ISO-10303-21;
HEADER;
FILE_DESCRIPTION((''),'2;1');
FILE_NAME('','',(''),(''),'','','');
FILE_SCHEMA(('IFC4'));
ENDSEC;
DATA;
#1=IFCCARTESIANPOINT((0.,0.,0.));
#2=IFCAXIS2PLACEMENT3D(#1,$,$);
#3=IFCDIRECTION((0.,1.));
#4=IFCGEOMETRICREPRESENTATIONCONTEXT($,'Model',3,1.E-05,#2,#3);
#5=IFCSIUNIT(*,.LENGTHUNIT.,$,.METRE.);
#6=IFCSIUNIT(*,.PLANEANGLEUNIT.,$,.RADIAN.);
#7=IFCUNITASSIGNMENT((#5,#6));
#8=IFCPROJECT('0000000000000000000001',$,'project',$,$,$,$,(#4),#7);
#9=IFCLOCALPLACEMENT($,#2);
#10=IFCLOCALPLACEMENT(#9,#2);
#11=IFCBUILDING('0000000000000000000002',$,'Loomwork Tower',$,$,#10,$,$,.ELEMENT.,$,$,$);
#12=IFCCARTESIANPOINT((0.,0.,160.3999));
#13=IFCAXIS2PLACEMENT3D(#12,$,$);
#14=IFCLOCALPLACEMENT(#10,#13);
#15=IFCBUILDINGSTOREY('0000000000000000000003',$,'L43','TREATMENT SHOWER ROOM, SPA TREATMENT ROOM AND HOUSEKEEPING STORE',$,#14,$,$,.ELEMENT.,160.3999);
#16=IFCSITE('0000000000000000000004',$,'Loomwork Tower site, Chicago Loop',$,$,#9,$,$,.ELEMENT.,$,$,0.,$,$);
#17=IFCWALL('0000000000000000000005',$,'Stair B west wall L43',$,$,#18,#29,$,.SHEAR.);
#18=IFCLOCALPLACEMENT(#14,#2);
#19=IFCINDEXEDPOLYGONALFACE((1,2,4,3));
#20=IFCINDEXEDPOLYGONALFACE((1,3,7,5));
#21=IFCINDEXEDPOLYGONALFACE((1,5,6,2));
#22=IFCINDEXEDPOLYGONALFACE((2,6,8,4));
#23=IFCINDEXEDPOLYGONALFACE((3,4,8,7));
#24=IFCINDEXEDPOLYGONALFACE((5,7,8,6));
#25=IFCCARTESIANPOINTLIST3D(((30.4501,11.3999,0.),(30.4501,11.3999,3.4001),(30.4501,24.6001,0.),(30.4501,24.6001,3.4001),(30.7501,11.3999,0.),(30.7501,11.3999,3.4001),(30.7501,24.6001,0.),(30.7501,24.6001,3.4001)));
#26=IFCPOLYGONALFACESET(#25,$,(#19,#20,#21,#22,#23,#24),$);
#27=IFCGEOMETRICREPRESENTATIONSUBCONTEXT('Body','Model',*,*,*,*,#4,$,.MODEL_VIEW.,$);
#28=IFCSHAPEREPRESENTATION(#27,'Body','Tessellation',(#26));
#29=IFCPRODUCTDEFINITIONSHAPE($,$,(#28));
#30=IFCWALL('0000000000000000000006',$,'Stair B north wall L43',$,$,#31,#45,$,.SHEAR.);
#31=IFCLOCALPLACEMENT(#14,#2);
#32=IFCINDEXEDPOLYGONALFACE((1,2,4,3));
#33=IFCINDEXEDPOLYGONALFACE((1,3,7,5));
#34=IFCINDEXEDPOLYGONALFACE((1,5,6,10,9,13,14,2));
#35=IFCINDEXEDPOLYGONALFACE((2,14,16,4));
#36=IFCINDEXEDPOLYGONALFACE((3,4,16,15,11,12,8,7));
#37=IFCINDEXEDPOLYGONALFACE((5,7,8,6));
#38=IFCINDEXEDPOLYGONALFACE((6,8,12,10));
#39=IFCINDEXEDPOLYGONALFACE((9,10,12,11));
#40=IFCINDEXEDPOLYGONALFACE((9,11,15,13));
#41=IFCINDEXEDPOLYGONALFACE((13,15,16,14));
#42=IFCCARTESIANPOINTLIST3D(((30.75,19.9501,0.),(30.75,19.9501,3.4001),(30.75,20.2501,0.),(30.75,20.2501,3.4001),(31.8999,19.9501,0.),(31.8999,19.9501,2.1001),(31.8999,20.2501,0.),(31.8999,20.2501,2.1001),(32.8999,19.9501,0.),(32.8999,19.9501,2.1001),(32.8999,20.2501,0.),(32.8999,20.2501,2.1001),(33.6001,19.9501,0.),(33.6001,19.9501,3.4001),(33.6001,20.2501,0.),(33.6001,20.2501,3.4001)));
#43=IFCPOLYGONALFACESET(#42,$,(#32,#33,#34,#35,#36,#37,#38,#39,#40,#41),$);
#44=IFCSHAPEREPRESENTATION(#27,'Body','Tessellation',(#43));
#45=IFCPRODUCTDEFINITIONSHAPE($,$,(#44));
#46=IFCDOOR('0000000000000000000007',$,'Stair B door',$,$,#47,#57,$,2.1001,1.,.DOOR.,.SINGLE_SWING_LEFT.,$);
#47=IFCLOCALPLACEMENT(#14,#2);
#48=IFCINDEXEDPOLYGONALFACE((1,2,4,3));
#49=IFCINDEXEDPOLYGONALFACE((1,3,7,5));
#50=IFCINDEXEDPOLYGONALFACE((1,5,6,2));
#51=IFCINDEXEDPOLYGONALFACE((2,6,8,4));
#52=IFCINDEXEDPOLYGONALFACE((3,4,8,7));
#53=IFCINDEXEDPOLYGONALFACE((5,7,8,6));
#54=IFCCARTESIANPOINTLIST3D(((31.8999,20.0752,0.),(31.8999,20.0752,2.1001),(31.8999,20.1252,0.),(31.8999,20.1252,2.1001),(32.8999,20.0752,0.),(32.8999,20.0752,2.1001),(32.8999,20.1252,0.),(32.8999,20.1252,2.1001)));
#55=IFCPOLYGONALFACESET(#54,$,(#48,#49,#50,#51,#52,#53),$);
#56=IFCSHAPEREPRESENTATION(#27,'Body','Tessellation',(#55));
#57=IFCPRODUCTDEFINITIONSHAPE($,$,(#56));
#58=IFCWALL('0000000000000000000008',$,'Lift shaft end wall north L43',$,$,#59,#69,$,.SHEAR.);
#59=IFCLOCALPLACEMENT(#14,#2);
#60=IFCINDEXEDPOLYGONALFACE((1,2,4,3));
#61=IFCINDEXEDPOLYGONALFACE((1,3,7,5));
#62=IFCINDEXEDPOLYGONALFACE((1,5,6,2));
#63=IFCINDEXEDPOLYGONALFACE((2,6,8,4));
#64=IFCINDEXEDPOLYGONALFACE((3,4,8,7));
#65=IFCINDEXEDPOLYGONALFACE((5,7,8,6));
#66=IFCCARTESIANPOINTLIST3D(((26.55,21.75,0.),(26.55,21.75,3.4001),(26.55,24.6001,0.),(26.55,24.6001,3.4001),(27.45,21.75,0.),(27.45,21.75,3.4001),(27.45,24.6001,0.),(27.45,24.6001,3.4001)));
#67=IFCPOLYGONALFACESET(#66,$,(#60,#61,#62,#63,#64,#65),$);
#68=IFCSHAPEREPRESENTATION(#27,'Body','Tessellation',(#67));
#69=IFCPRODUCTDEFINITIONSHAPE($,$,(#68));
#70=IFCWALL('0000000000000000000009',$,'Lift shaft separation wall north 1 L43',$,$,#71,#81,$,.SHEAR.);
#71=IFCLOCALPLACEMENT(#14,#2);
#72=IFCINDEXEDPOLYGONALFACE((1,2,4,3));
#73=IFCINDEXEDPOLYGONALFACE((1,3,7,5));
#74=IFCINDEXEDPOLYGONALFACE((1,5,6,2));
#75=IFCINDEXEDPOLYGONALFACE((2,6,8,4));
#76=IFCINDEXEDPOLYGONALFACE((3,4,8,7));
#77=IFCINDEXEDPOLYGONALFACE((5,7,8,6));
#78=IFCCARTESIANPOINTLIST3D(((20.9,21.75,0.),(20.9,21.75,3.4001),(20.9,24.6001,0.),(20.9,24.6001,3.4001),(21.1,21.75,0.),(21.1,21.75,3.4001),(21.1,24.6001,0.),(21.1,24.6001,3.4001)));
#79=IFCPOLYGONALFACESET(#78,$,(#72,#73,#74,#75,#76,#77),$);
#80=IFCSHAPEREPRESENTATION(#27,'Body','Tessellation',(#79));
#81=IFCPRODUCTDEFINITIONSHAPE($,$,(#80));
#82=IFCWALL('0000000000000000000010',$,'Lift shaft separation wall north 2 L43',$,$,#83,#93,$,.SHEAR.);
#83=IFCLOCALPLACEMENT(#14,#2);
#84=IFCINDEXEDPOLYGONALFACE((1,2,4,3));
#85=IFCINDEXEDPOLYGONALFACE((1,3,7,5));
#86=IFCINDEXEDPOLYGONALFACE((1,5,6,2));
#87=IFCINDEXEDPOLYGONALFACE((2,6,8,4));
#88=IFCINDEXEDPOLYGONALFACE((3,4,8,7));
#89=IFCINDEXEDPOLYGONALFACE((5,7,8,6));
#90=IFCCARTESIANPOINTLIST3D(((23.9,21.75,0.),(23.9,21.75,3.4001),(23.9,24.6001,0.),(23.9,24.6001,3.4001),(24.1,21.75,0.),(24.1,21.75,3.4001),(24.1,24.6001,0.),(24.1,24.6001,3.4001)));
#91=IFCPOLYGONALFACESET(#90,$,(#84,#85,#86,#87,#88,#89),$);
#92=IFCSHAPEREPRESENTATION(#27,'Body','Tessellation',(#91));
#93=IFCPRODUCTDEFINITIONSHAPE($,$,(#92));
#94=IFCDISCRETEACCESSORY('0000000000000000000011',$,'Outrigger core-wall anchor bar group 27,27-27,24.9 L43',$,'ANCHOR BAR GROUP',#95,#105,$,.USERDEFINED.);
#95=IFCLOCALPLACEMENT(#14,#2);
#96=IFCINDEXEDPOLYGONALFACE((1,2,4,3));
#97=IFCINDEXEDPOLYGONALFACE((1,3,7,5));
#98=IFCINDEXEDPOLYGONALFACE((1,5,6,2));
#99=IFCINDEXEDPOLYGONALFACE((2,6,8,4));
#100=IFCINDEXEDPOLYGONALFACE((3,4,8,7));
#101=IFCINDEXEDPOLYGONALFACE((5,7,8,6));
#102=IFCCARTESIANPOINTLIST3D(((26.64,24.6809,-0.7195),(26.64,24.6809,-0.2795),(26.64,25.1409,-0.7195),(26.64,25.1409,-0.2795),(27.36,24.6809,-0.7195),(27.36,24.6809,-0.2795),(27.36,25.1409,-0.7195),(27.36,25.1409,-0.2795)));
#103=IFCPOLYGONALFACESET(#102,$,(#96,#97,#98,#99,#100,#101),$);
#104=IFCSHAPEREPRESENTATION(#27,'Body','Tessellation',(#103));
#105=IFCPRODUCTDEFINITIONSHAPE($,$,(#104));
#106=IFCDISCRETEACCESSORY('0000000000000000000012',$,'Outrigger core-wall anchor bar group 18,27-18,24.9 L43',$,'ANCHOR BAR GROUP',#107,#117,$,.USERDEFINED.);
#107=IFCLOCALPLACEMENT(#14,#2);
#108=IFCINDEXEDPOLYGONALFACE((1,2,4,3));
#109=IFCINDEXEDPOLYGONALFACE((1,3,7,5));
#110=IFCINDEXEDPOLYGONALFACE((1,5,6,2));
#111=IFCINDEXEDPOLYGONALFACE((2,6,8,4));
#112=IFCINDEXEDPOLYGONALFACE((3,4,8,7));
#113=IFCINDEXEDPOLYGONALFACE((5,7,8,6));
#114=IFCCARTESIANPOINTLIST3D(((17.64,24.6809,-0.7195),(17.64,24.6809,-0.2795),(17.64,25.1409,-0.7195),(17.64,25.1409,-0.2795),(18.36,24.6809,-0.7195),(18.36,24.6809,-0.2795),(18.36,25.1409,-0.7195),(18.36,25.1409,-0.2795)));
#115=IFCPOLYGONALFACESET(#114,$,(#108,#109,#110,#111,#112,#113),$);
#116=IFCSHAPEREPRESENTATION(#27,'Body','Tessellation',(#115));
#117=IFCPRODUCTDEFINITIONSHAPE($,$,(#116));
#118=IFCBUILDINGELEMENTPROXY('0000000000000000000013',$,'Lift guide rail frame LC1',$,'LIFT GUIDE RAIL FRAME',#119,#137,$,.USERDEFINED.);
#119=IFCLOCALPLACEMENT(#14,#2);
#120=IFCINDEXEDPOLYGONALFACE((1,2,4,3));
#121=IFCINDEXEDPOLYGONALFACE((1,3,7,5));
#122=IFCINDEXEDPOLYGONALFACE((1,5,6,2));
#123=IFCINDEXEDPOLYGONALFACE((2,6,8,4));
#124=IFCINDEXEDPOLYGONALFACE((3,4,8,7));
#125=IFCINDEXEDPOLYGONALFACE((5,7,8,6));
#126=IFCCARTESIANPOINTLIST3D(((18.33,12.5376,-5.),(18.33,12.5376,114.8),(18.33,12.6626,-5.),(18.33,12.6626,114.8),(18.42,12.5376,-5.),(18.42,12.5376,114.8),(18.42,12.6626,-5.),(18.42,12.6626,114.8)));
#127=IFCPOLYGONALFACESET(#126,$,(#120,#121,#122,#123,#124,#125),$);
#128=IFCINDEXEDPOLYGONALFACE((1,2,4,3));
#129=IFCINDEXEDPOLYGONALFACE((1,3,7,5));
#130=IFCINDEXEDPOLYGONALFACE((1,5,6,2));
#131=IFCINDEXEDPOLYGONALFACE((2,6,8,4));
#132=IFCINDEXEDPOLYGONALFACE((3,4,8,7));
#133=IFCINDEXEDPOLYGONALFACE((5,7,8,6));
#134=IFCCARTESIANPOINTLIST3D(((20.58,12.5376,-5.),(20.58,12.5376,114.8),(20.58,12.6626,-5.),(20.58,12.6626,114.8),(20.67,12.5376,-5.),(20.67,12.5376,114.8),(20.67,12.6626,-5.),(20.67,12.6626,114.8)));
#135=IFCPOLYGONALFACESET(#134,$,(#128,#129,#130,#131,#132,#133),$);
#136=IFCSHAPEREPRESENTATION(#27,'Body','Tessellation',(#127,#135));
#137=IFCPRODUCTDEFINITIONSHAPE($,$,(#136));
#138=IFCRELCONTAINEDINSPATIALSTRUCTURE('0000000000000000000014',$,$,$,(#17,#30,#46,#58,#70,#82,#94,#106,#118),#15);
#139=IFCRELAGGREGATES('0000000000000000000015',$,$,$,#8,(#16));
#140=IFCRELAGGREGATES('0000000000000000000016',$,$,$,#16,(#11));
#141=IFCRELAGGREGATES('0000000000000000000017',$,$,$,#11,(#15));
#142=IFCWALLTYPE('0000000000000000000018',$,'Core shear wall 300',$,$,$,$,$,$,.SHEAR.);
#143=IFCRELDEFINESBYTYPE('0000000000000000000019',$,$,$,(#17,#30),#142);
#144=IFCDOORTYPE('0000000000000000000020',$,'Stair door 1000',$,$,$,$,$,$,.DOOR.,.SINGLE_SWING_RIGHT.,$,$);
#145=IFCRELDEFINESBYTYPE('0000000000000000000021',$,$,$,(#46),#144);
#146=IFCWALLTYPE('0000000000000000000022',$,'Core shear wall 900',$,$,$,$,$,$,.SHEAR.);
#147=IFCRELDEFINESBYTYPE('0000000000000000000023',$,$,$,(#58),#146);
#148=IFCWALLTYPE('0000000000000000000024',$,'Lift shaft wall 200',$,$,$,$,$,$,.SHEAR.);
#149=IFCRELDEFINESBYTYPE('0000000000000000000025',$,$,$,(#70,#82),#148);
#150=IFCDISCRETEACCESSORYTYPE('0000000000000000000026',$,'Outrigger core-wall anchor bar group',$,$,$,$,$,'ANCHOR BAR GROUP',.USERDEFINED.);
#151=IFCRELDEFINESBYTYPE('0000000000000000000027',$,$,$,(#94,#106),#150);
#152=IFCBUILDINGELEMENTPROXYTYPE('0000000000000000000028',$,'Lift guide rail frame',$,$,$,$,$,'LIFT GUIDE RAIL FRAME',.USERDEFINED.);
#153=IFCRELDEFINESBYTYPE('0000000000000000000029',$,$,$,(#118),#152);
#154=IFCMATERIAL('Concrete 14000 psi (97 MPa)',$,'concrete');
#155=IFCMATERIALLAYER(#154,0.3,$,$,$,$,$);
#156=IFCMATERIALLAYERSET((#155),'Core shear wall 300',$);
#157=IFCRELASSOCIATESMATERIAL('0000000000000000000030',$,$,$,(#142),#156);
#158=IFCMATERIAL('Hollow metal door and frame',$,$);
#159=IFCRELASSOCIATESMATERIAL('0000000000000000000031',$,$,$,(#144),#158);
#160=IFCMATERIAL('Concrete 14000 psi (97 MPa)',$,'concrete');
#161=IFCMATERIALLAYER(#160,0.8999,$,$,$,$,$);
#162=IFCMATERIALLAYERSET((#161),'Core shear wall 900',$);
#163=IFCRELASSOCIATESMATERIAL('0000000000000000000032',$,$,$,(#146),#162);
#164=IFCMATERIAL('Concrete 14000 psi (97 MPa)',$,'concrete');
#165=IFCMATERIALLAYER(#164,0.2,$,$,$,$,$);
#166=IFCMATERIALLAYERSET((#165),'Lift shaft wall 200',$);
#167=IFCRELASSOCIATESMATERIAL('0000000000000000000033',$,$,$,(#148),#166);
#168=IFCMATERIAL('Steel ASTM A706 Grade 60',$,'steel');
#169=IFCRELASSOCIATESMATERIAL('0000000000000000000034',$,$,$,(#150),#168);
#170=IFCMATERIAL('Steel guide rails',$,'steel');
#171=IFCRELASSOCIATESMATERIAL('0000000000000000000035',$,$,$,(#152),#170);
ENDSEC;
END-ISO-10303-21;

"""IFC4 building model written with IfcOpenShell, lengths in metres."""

from ifc_helpers import new_model, si_unit, direction, frame, frame_2d, origin, origin_2d, place, context, subcontext, project, spatial, rectangle, extrude, material, layer, layer_set, type_object, element, fill, save


model = new_model("IFC4")

# Units and contexts
model_context = context("Model", 3, precision=1e-05, world=origin(), true_north=direction((0.0, 1.0)))
body_context = subcontext(model_context, "Body", "Model", "MODEL_VIEW")
ifc_project = project(units=[si_unit("LENGTHUNIT", "METRE"), si_unit("PLANEANGLEUNIT", "RADIAN")], contexts=[model_context])

# Site, building, storey
site_placement = place(None, origin())
site = spatial("IfcSite", under=ifc_project, at=site_placement, Name="Loomwork Tower site, Chicago Loop", CompositionType="ELEMENT", RefElevation=0.0)
building_placement = place(site_placement, origin())
building = spatial("IfcBuilding", under=site, at=building_placement, Name="Loomwork Tower", CompositionType="ELEMENT")
storey_placement = place(building_placement, frame((0.0, 0.0, 160.3999)))
storey = spatial("IfcBuildingStorey", under=building, at=storey_placement, Name="L43", Description="TREATMENT SHOWER ROOM, SPA TREATMENT ROOM AND HOUSEKEEPING STORE", CompositionType="ELEMENT", Elevation=160.3999)

# Shared definitions
ifc_material_1 = material(Name="Concrete 14000 psi (97 MPa)", Category="concrete")
ifc_layer_1 = layer(ifc_material_1, 0.3)
ifc_layer_set_1 = layer_set([ifc_layer_1], Name="Core shear wall 300")
wall_type_1 = type_object("IfcWallType", Name="Core shear wall 300", PredefinedType="SHEAR", material=ifc_layer_set_1)

# Wall
wall_1_placement = place(storey_placement, frame((30.6001, 11.3999, 0.0), z_axis=(0.0, 0.0, 1.0), x_axis=(0.0, 1.0, 0.0)))
element("IfcWall", 1, at=wall_1_placement, inside=storey, type_object=wall_type_1, Name="Stair B west wall L43", PredefinedType="SHEAR", context=body_context, shape_type="SweptSolid", body=[
    extrude(rectangle(XDim=13.2002, YDim=0.3, at=frame_2d((6.6001, 0.0))), origin(), (0.0, 0.0, 1.0), 3.4001),
])

# Wall, opening, door
wall_2_placement = place(storey_placement, frame((30.75, 20.1001, 0.0), z_axis=(0.0, 0.0, 1.0), x_axis=(1.0, 0.0, 0.0)))
wall_2 = element("IfcWall", 2, at=wall_2_placement, inside=storey, type_object=wall_type_1, Name="Stair B north wall L43", PredefinedType="SHEAR", context=body_context, shape_type="SweptSolid", body=[
    extrude(rectangle(XDim=2.8501, YDim=0.3, at=frame_2d((1.425, 0.0))), origin(), (0.0, 0.0, 1.0), 3.4001),
])
opening_1_placement = place(wall_2_placement, frame((1.1499, 0.0, 0.0)))
opening_1 = element("IfcOpeningElement", 3, at=opening_1_placement, cuts=wall_2, PredefinedType="OPENING", context=body_context, shape_type="SweptSolid", body=[
    extrude(rectangle(XDim=1.0, YDim=2.1001, at=frame_2d((0.5, 1.05))), frame((0.0, 0.1599, 0.0), z_axis=(0.0, -1.0, 0.0), x_axis=(1.0, 0.0, 0.0)), (0.0, 0.0, 1.0), 0.3201),
])
ifc_material_2 = material(Name="Hollow metal door and frame")
door_type_1 = type_object("IfcDoorType", Name="Stair door 1000", OperationType="SINGLE_SWING_RIGHT", PredefinedType="DOOR", material=ifc_material_2)
door_1_placement = place(opening_1_placement, frame((1.0, 0.0, 0.0), z_axis=(0.0, 0.0, 1.0), x_axis=(-1.0, 0.0, 0.0)))
door_1 = element("IfcDoor", 4, at=door_1_placement, inside=storey, type_object=door_type_1, Name="Stair B door", OperationType="SINGLE_SWING_LEFT", OverallHeight=2.1001, OverallWidth=1.0, PredefinedType="DOOR", context=body_context, shape_type="SweptSolid", body=[
    extrude(rectangle(XDim=1.0, YDim=2.1001, at=frame_2d((0.5, 1.05))), frame((0.0, 0.0249, 0.0), z_axis=(0.0, -1.0, 0.0), x_axis=(1.0, 0.0, 0.0)), (0.0, 0.0, 1.0), 0.05),
])
fill(opening_1, door_1)

# Walls
ifc_material_3 = material(Name="Concrete 14000 psi (97 MPa)", Category="concrete")
ifc_layer_2 = layer(ifc_material_3, 0.8999)
ifc_layer_set_2 = layer_set([ifc_layer_2], Name="Core shear wall 900")
wall_type_2 = type_object("IfcWallType", Name="Core shear wall 900", PredefinedType="SHEAR", material=ifc_layer_set_2)
wall_3_placement = place(storey_placement, frame((27.0, 21.75, 0.0), z_axis=(0.0, 0.0, 1.0), x_axis=(0.0, 1.0, 0.0)))
element("IfcWall", 5, at=wall_3_placement, inside=storey, type_object=wall_type_2, Name="Lift shaft end wall north L43", PredefinedType="SHEAR", context=body_context, shape_type="SweptSolid", body=[
    extrude(rectangle(XDim=2.8501, YDim=0.8999, at=frame_2d((1.425, 0.0))), origin(), (0.0, 0.0, 1.0), 3.4001),
])
ifc_material_4 = material(Name="Concrete 14000 psi (97 MPa)", Category="concrete")
ifc_layer_3 = layer(ifc_material_4, 0.2)
ifc_layer_set_3 = layer_set([ifc_layer_3], Name="Lift shaft wall 200")
wall_type_3 = type_object("IfcWallType", Name="Lift shaft wall 200", PredefinedType="SHEAR", material=ifc_layer_set_3)
for number, where, z_axis, x_axis, name in (
    (6, (21.0, 21.75, 0.0), (0.0, 0.0, 1.0), (0.0, 1.0, 0.0), "Lift shaft separation wall north 1 L43"),
    (7, (24.0, 21.75, 0.0), (0.0, 0.0, 1.0), (0.0, 1.0, 0.0), "Lift shaft separation wall north 2 L43"),
):
    element("IfcWall", number, at=place(storey_placement, frame(where, z_axis=z_axis, x_axis=x_axis)), inside=storey, type_object=wall_type_3, Name=name, PredefinedType="SHEAR", context=body_context, shape_type="SweptSolid", body=[
        extrude(rectangle(XDim=2.8501, YDim=0.2, at=frame_2d((1.425, 0.0))), origin(), (0.0, 0.0, 1.0), 3.4001),
    ])

# Discrete accessories
ifc_material_5 = material(Name="Steel ASTM A706 Grade 60", Category="steel")
discrete_accessory_type = type_object("IfcDiscreteAccessoryType", Name="Outrigger core-wall anchor bar group", ElementType="ANCHOR BAR GROUP", PredefinedType="USERDEFINED", material=ifc_material_5)
for number, where, z_axis, x_axis, name in (
    (8, (27.0, 24.9109, -0.7195), (0.0, 0.0, 1.0), (1.0, 0.0, 0.0), "Outrigger core-wall anchor bar group 27,27-27,24.9 L43"),
    (9, (18.0, 24.9109, -0.7195), (0.0, 0.0, 1.0), (1.0, 0.0, 0.0), "Outrigger core-wall anchor bar group 18,27-18,24.9 L43"),
):
    element("IfcDiscreteAccessory", number, at=place(storey_placement, frame(where, z_axis=z_axis, x_axis=x_axis)), inside=storey, type_object=discrete_accessory_type, Name=name, ObjectType="ANCHOR BAR GROUP", PredefinedType="USERDEFINED", context=body_context, shape_type="SweptSolid", body=[
        extrude(rectangle(XDim=0.72, YDim=0.46, at=origin_2d()), origin(), (0.0, 0.0, 1.0), 0.4399),
    ])

# Building element proxy
ifc_material_6 = material(Name="Steel guide rails", Category="steel")
building_element_proxy_type = type_object("IfcBuildingElementProxyType", Name="Lift guide rail frame", ElementType="LIFT GUIDE RAIL FRAME", PredefinedType="USERDEFINED", material=ifc_material_6)
proxy_placement = place(storey_placement, frame((19.5, 12.6001, -5.0), z_axis=(0.0, 0.0, 1.0), x_axis=(1.0, 0.0, 0.0)))
element("IfcBuildingElementProxy", 10, at=proxy_placement, inside=storey, type_object=building_element_proxy_type, Name="Lift guide rail frame LC1", ObjectType="LIFT GUIDE RAIL FRAME", PredefinedType="USERDEFINED", context=body_context, shape_type="SweptSolid", body=[
    extrude(rectangle(XDim=0.0901, YDim=0.125, at=frame_2d((-1.125, 0.0))), origin(), (0.0, 0.0, 1.0), 119.8),
    extrude(rectangle(XDim=0.0901, YDim=0.125, at=frame_2d((1.125, 0.0))), origin(), (0.0, 0.0, 1.0), 119.8),
])

save(model, "model.ifc")
